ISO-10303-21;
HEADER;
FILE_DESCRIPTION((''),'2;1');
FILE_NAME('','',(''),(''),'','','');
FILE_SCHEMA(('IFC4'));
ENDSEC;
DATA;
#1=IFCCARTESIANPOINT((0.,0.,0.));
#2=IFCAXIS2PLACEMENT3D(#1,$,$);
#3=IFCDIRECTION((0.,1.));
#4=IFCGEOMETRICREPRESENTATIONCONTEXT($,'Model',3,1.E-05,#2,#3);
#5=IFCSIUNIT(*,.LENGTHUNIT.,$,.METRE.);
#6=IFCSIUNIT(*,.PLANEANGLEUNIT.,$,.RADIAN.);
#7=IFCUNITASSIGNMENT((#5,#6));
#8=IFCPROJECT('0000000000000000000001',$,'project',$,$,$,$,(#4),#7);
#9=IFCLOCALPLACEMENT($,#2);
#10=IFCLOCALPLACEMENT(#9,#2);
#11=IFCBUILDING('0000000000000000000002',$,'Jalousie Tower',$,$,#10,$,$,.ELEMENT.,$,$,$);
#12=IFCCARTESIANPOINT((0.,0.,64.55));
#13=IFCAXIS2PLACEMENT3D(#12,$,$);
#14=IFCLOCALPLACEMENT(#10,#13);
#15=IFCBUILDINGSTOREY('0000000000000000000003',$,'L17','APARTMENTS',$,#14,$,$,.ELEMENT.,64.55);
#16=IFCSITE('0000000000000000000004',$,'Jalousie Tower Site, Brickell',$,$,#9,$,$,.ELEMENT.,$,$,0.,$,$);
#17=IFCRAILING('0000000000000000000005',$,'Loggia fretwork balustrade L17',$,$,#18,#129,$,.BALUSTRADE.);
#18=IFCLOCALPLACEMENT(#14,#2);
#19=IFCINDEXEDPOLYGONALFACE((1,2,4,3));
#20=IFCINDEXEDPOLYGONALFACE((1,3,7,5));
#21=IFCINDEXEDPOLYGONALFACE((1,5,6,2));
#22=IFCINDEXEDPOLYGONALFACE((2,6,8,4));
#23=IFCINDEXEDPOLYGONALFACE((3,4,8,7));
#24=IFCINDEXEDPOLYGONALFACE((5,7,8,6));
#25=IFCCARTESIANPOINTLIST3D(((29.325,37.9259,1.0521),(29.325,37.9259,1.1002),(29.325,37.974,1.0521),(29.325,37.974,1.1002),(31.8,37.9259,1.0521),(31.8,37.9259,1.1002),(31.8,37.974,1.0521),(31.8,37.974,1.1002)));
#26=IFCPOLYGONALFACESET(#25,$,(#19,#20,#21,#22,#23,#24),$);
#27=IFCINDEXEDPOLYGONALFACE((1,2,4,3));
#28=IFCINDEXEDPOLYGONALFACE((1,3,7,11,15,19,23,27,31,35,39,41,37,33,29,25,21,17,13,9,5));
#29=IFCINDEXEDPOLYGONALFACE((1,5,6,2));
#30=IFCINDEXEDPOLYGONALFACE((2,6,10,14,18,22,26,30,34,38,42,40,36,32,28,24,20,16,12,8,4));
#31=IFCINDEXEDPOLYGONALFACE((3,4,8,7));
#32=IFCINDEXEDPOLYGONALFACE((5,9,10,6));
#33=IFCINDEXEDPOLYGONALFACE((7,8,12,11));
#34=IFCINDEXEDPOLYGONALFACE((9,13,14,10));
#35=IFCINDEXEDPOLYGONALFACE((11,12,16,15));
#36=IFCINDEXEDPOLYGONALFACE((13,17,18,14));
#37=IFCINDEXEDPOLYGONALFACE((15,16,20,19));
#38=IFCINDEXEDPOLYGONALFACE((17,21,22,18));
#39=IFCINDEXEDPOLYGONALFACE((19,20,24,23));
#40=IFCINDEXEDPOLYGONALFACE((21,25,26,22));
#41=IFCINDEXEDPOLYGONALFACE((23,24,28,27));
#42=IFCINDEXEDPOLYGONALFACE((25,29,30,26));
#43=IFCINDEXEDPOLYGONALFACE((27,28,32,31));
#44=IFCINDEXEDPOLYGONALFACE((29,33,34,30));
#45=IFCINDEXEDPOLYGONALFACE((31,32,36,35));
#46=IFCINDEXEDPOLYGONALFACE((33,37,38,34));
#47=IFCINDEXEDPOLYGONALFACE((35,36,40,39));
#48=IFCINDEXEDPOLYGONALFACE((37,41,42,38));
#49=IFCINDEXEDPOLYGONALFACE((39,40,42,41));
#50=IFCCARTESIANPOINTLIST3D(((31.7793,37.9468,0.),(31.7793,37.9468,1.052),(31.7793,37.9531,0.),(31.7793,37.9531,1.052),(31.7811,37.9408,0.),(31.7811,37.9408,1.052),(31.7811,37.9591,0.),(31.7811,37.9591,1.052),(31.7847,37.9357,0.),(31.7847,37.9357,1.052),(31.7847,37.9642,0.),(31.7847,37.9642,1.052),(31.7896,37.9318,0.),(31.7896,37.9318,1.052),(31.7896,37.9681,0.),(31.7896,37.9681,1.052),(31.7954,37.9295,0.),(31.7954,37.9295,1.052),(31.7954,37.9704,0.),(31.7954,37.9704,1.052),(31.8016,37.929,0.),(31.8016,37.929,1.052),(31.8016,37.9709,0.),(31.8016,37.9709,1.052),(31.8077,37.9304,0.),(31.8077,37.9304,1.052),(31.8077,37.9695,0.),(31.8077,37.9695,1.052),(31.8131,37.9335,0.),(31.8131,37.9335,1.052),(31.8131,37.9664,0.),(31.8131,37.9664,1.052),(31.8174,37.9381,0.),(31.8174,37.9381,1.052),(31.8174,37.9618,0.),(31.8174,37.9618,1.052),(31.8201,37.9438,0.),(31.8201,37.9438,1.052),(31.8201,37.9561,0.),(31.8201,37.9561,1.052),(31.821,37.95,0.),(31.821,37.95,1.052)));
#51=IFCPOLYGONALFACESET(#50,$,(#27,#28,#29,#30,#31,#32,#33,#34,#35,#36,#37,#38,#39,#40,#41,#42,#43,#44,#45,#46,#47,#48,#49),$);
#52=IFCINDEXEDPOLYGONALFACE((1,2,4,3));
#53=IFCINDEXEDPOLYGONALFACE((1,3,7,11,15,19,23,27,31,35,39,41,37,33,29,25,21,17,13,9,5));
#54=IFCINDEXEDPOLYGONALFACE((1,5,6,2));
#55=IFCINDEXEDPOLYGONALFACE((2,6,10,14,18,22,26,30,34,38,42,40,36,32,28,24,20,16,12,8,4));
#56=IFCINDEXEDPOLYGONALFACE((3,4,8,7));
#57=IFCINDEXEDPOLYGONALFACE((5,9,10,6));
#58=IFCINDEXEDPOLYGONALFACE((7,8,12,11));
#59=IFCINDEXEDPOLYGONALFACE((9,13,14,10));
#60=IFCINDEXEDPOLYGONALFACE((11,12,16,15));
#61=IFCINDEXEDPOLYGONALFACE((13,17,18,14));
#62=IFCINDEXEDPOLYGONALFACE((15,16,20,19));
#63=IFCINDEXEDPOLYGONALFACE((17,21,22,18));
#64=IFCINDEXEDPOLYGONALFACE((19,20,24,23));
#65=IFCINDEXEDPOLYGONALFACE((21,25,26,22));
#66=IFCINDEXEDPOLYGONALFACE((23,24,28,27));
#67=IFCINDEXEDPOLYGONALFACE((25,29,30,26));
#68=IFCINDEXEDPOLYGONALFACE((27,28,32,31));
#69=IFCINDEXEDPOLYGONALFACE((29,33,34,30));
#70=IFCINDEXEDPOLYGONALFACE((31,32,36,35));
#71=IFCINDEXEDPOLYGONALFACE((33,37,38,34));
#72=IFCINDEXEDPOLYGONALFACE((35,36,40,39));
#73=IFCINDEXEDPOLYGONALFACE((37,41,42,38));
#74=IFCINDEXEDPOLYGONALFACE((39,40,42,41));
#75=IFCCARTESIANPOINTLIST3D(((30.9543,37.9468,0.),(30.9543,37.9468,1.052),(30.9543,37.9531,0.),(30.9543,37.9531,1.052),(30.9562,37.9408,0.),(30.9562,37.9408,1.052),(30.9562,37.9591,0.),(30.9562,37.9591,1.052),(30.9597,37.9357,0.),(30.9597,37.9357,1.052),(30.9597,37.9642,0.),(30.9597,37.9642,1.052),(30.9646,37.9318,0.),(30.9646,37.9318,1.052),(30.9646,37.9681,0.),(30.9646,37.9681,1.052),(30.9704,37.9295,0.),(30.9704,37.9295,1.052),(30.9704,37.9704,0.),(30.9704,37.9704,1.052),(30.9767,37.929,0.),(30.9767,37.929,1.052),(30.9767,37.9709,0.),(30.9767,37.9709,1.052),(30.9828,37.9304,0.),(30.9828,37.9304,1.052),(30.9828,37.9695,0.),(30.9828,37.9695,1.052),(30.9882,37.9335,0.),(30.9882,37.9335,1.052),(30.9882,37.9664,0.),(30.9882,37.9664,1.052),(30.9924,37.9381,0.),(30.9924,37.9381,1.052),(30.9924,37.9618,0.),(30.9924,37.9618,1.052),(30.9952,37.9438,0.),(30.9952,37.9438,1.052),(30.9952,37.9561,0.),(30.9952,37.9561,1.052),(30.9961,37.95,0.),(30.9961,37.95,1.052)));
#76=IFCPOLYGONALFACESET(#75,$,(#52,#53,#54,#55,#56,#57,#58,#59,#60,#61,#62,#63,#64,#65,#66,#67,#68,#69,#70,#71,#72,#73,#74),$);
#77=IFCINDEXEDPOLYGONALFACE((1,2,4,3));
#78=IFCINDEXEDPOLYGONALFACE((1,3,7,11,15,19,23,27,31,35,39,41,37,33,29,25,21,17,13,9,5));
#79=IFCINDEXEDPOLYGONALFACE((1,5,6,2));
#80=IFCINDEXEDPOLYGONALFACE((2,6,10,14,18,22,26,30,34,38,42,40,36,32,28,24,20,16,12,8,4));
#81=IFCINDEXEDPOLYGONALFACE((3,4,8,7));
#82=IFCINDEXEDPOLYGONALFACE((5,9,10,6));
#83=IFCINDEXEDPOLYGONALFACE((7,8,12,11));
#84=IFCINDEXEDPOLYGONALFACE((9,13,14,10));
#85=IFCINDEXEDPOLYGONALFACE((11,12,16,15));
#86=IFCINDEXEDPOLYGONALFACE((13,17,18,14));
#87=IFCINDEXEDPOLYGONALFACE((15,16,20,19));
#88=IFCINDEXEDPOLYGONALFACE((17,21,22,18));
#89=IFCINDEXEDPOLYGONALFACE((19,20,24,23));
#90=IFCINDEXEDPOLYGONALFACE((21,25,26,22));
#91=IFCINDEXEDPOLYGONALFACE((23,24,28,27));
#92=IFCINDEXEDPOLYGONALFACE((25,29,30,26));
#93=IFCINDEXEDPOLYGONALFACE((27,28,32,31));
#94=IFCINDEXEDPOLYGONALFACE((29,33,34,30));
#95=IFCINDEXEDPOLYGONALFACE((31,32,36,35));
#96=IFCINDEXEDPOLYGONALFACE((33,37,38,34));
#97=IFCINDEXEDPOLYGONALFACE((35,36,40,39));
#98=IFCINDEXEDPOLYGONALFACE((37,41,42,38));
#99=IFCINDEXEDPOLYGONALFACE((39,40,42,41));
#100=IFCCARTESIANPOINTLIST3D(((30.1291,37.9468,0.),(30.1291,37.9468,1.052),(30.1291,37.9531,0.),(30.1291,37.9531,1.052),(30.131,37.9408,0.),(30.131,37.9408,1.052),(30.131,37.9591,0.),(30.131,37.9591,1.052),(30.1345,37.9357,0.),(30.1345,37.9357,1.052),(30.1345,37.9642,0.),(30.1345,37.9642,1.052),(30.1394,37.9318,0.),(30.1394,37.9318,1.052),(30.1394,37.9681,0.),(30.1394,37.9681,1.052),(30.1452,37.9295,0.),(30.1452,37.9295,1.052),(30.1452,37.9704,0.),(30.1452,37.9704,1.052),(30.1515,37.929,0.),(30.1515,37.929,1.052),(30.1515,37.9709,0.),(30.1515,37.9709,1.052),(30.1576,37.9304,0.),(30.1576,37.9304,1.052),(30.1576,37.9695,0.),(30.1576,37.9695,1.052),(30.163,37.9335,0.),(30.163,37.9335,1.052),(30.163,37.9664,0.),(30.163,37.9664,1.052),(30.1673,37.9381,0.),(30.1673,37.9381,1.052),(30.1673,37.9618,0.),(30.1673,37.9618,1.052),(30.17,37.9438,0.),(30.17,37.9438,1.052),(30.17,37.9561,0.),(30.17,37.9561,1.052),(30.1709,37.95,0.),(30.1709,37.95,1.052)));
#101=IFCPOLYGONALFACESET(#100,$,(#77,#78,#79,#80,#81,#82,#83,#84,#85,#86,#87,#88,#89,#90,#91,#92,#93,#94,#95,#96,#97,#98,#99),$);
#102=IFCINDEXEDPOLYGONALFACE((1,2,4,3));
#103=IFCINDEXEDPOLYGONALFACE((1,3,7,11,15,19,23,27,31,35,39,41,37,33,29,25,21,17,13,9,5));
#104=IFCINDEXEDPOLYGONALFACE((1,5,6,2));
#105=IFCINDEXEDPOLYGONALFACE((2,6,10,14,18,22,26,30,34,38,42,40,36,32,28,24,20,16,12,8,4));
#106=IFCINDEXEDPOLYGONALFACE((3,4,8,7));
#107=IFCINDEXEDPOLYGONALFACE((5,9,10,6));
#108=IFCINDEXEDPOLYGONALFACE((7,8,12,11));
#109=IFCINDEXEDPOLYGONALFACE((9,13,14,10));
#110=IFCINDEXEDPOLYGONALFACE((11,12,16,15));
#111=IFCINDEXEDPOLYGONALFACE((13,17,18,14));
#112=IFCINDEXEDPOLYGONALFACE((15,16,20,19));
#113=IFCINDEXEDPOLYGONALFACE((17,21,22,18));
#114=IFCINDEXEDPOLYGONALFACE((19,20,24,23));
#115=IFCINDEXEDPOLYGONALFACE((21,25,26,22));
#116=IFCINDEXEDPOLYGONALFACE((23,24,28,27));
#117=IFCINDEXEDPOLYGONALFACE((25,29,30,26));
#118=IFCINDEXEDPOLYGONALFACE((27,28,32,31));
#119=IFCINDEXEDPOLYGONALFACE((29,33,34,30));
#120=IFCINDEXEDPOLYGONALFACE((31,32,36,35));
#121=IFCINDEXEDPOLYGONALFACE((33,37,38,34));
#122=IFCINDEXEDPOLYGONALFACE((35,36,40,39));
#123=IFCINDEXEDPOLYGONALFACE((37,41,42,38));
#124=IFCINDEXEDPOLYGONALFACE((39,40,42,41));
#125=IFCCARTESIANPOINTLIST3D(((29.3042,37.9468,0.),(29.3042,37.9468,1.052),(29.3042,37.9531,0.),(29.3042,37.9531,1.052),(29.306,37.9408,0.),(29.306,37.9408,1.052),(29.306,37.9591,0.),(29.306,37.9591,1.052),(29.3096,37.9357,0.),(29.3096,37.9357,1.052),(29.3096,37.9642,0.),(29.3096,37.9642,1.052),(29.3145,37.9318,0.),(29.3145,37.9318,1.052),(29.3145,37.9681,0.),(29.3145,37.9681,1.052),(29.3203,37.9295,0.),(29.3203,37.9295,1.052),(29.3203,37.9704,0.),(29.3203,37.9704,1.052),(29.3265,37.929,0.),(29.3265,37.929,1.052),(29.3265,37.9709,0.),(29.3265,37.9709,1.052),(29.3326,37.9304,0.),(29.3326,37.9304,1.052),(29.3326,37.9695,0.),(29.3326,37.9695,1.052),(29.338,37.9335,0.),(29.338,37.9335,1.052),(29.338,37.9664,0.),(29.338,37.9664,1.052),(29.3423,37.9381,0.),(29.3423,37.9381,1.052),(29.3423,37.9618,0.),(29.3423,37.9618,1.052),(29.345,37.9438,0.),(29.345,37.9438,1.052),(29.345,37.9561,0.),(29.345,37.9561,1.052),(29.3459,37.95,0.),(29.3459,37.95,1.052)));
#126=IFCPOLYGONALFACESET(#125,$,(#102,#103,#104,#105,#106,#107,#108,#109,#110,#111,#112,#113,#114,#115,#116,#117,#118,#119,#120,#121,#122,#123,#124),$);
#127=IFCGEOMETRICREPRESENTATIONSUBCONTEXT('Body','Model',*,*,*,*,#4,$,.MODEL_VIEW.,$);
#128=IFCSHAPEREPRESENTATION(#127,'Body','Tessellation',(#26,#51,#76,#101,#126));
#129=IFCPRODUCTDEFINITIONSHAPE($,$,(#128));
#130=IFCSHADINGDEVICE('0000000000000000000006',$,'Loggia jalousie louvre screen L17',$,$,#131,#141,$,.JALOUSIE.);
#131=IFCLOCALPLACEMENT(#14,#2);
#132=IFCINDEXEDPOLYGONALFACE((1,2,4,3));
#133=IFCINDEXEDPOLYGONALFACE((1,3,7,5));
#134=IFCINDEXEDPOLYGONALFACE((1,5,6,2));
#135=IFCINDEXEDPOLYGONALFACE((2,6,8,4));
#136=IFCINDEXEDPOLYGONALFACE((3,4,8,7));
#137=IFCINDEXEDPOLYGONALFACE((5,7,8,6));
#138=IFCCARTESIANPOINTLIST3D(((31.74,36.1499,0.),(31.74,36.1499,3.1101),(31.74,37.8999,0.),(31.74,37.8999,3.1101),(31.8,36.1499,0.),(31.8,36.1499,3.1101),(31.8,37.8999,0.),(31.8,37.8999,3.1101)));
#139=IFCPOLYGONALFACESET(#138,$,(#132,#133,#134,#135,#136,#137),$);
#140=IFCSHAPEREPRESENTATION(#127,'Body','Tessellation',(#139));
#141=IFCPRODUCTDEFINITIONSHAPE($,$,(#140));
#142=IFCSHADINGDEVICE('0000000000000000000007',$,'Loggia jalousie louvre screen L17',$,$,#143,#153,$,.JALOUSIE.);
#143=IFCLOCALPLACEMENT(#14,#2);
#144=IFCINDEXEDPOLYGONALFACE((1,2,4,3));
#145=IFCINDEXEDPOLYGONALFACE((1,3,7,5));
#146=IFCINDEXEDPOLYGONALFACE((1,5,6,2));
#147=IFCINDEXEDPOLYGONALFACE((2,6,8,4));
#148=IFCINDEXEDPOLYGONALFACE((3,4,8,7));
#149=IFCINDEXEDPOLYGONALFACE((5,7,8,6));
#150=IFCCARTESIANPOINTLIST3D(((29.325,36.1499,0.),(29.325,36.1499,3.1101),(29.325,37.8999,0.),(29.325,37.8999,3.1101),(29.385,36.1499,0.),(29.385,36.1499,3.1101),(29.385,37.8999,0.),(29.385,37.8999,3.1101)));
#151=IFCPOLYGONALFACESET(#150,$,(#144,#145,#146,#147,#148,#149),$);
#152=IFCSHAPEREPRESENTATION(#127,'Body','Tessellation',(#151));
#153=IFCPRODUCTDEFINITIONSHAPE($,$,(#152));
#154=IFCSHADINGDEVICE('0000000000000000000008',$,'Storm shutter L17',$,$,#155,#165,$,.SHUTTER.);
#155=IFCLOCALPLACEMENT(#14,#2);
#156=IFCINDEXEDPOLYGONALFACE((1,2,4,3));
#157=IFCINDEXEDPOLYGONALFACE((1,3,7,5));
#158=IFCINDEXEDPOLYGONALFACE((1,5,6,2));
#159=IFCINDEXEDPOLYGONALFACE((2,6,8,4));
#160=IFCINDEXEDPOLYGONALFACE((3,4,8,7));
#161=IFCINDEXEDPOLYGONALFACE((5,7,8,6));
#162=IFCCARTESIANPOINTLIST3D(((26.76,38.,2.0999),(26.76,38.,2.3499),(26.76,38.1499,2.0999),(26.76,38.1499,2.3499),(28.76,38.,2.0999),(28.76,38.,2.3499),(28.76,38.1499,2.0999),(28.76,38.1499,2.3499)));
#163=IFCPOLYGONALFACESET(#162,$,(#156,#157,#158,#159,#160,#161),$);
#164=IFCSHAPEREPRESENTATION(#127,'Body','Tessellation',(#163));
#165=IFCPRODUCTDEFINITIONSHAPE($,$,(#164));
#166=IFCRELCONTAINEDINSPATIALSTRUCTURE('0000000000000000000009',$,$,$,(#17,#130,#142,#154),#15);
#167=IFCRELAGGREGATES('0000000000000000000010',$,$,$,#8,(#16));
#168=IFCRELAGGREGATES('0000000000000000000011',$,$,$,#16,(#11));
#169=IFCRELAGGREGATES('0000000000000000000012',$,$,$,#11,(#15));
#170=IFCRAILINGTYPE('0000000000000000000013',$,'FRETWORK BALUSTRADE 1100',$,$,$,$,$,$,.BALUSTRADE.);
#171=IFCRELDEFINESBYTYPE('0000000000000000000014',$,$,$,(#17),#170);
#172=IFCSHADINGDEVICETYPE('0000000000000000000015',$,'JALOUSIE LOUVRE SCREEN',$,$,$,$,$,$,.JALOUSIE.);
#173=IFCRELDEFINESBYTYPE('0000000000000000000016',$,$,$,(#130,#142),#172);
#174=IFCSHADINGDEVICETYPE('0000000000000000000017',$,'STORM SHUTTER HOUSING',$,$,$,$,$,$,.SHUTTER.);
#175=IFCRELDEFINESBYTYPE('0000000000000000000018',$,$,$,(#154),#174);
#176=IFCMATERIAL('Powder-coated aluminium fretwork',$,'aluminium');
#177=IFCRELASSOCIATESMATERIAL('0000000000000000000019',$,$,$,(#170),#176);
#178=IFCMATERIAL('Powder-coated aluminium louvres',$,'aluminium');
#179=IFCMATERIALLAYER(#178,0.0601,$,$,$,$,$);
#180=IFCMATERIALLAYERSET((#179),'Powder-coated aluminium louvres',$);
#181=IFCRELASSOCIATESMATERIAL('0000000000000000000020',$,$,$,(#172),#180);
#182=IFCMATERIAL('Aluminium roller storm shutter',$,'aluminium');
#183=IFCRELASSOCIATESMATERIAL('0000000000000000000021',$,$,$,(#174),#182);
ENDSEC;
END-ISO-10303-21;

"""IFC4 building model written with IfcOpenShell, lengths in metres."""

from ifc_helpers import new_model, si_unit, direction, frame, origin, origin_2d, place, context, subcontext, project, spatial, rectangle, circle, extrude, material, layer, layer_set, type_object, element, save


model = new_model("IFC4")

# Units and contexts
model_context = context("Model", 3, precision=1e-05, world=origin(), true_north=direction((0.0, 1.0)))
body_context = subcontext(model_context, "Body", "Model", "MODEL_VIEW")
ifc_project = project(units=[si_unit("LENGTHUNIT", "METRE"), si_unit("PLANEANGLEUNIT", "RADIAN")], contexts=[model_context])

# Site, building, storey
site_placement = place(None, origin())
site = spatial("IfcSite", under=ifc_project, at=site_placement, Name="Jalousie Tower Site, Brickell", CompositionType="ELEMENT", RefElevation=0.0)
building_placement = place(site_placement, origin())
building = spatial("IfcBuilding", under=site, at=building_placement, Name="Jalousie Tower", CompositionType="ELEMENT")
storey_placement = place(building_placement, frame((0.0, 0.0, 64.55)))
storey = spatial("IfcBuildingStorey", under=building, at=storey_placement, Name="L17", Description="APARTMENTS", CompositionType="ELEMENT", Elevation=64.55)

# Railing
ifc_material_1 = material(Name="Powder-coated aluminium fretwork", Category="aluminium")
railing_type = type_object("IfcRailingType", Name="FRETWORK BALUSTRADE 1100", PredefinedType="BALUSTRADE", material=ifc_material_1)
railing_placement = place(storey_placement, frame((31.8, 37.95, 0.0)))
element("IfcRailing", 1, at=railing_placement, inside=storey, type_object=railing_type, Name="Loggia fretwork balustrade L17", PredefinedType="BALUSTRADE", context=body_context, shape_type="SweptSolid", body=[
    extrude(rectangle(XDim=0.0481, YDim=0.0481, at=origin_2d()), frame((0.0, 0.0, 1.0762), z_axis=(-1.0, 0.0, 0.0), x_axis=(0.0, -1.0, 0.0)), (0.0, 0.0, 1.0), 2.4751),
    extrude(circle(Radius=0.021, at=origin_2d()), origin(), (0.0, 0.0, 1.0), 1.052),
    extrude(circle(Radius=0.021, at=origin_2d()), frame((-0.825, 0.0, 0.0)), (0.0, 0.0, 1.0), 1.052),
    extrude(circle(Radius=0.021, at=origin_2d()), frame((-1.6501, 0.0, 0.0)), (0.0, 0.0, 1.0), 1.052),
    extrude(circle(Radius=0.021, at=origin_2d()), frame((-2.4751, 0.0, 0.0)), (0.0, 0.0, 1.0), 1.052),
])

# Shading devices
ifc_material_2 = material(Name="Powder-coated aluminium louvres", Category="aluminium")
ifc_layer_1 = layer(ifc_material_2, 0.0601)
ifc_layer_set_1 = layer_set([ifc_layer_1], Name="Powder-coated aluminium louvres")
shading_device_type_1 = type_object("IfcShadingDeviceType", Name="JALOUSIE LOUVRE SCREEN", PredefinedType="JALOUSIE", material=ifc_layer_set_1)
for number, where, z_axis, x_axis, name in (
    (2, (31.77, 37.0249, 0.0), (0.0, 0.0, 1.0), (-1.0, 0.0, 0.0), "Loggia jalousie louvre screen L17"),
    (3, (29.355, 37.0249, 0.0), (0.0, 0.0, 1.0), (-1.0, 0.0, 0.0), "Loggia jalousie louvre screen L17"),
):
    element("IfcShadingDevice", number, at=place(storey_placement, frame(where, z_axis=z_axis, x_axis=x_axis)), inside=storey, type_object=shading_device_type_1, Name=name, PredefinedType="JALOUSIE", context=body_context, shape_type="SweptSolid", body=[
        extrude(rectangle(XDim=0.0601, YDim=1.75, at=origin_2d()), origin(), (0.0, 0.0, 1.0), 3.1101),
    ])
ifc_material_3 = material(Name="Aluminium roller storm shutter", Category="aluminium")
shading_device_type_2 = type_object("IfcShadingDeviceType", Name="STORM SHUTTER HOUSING", PredefinedType="SHUTTER", material=ifc_material_3)
shading_device_placement = place(storey_placement, frame((27.76, 38.075, 2.0999), z_axis=(0.0, 0.0, 1.0), x_axis=(-1.0, 0.0, 0.0)))
element("IfcShadingDevice", 4, at=shading_device_placement, inside=storey, type_object=shading_device_type_2, Name="Storm shutter L17", PredefinedType="SHUTTER", context=body_context, shape_type="SweptSolid", body=[
    extrude(rectangle(XDim=2.0, YDim=0.1499, at=origin_2d()), origin(), (0.0, 0.0, 1.0), 0.25),
])

save(model, "model.ifc")
